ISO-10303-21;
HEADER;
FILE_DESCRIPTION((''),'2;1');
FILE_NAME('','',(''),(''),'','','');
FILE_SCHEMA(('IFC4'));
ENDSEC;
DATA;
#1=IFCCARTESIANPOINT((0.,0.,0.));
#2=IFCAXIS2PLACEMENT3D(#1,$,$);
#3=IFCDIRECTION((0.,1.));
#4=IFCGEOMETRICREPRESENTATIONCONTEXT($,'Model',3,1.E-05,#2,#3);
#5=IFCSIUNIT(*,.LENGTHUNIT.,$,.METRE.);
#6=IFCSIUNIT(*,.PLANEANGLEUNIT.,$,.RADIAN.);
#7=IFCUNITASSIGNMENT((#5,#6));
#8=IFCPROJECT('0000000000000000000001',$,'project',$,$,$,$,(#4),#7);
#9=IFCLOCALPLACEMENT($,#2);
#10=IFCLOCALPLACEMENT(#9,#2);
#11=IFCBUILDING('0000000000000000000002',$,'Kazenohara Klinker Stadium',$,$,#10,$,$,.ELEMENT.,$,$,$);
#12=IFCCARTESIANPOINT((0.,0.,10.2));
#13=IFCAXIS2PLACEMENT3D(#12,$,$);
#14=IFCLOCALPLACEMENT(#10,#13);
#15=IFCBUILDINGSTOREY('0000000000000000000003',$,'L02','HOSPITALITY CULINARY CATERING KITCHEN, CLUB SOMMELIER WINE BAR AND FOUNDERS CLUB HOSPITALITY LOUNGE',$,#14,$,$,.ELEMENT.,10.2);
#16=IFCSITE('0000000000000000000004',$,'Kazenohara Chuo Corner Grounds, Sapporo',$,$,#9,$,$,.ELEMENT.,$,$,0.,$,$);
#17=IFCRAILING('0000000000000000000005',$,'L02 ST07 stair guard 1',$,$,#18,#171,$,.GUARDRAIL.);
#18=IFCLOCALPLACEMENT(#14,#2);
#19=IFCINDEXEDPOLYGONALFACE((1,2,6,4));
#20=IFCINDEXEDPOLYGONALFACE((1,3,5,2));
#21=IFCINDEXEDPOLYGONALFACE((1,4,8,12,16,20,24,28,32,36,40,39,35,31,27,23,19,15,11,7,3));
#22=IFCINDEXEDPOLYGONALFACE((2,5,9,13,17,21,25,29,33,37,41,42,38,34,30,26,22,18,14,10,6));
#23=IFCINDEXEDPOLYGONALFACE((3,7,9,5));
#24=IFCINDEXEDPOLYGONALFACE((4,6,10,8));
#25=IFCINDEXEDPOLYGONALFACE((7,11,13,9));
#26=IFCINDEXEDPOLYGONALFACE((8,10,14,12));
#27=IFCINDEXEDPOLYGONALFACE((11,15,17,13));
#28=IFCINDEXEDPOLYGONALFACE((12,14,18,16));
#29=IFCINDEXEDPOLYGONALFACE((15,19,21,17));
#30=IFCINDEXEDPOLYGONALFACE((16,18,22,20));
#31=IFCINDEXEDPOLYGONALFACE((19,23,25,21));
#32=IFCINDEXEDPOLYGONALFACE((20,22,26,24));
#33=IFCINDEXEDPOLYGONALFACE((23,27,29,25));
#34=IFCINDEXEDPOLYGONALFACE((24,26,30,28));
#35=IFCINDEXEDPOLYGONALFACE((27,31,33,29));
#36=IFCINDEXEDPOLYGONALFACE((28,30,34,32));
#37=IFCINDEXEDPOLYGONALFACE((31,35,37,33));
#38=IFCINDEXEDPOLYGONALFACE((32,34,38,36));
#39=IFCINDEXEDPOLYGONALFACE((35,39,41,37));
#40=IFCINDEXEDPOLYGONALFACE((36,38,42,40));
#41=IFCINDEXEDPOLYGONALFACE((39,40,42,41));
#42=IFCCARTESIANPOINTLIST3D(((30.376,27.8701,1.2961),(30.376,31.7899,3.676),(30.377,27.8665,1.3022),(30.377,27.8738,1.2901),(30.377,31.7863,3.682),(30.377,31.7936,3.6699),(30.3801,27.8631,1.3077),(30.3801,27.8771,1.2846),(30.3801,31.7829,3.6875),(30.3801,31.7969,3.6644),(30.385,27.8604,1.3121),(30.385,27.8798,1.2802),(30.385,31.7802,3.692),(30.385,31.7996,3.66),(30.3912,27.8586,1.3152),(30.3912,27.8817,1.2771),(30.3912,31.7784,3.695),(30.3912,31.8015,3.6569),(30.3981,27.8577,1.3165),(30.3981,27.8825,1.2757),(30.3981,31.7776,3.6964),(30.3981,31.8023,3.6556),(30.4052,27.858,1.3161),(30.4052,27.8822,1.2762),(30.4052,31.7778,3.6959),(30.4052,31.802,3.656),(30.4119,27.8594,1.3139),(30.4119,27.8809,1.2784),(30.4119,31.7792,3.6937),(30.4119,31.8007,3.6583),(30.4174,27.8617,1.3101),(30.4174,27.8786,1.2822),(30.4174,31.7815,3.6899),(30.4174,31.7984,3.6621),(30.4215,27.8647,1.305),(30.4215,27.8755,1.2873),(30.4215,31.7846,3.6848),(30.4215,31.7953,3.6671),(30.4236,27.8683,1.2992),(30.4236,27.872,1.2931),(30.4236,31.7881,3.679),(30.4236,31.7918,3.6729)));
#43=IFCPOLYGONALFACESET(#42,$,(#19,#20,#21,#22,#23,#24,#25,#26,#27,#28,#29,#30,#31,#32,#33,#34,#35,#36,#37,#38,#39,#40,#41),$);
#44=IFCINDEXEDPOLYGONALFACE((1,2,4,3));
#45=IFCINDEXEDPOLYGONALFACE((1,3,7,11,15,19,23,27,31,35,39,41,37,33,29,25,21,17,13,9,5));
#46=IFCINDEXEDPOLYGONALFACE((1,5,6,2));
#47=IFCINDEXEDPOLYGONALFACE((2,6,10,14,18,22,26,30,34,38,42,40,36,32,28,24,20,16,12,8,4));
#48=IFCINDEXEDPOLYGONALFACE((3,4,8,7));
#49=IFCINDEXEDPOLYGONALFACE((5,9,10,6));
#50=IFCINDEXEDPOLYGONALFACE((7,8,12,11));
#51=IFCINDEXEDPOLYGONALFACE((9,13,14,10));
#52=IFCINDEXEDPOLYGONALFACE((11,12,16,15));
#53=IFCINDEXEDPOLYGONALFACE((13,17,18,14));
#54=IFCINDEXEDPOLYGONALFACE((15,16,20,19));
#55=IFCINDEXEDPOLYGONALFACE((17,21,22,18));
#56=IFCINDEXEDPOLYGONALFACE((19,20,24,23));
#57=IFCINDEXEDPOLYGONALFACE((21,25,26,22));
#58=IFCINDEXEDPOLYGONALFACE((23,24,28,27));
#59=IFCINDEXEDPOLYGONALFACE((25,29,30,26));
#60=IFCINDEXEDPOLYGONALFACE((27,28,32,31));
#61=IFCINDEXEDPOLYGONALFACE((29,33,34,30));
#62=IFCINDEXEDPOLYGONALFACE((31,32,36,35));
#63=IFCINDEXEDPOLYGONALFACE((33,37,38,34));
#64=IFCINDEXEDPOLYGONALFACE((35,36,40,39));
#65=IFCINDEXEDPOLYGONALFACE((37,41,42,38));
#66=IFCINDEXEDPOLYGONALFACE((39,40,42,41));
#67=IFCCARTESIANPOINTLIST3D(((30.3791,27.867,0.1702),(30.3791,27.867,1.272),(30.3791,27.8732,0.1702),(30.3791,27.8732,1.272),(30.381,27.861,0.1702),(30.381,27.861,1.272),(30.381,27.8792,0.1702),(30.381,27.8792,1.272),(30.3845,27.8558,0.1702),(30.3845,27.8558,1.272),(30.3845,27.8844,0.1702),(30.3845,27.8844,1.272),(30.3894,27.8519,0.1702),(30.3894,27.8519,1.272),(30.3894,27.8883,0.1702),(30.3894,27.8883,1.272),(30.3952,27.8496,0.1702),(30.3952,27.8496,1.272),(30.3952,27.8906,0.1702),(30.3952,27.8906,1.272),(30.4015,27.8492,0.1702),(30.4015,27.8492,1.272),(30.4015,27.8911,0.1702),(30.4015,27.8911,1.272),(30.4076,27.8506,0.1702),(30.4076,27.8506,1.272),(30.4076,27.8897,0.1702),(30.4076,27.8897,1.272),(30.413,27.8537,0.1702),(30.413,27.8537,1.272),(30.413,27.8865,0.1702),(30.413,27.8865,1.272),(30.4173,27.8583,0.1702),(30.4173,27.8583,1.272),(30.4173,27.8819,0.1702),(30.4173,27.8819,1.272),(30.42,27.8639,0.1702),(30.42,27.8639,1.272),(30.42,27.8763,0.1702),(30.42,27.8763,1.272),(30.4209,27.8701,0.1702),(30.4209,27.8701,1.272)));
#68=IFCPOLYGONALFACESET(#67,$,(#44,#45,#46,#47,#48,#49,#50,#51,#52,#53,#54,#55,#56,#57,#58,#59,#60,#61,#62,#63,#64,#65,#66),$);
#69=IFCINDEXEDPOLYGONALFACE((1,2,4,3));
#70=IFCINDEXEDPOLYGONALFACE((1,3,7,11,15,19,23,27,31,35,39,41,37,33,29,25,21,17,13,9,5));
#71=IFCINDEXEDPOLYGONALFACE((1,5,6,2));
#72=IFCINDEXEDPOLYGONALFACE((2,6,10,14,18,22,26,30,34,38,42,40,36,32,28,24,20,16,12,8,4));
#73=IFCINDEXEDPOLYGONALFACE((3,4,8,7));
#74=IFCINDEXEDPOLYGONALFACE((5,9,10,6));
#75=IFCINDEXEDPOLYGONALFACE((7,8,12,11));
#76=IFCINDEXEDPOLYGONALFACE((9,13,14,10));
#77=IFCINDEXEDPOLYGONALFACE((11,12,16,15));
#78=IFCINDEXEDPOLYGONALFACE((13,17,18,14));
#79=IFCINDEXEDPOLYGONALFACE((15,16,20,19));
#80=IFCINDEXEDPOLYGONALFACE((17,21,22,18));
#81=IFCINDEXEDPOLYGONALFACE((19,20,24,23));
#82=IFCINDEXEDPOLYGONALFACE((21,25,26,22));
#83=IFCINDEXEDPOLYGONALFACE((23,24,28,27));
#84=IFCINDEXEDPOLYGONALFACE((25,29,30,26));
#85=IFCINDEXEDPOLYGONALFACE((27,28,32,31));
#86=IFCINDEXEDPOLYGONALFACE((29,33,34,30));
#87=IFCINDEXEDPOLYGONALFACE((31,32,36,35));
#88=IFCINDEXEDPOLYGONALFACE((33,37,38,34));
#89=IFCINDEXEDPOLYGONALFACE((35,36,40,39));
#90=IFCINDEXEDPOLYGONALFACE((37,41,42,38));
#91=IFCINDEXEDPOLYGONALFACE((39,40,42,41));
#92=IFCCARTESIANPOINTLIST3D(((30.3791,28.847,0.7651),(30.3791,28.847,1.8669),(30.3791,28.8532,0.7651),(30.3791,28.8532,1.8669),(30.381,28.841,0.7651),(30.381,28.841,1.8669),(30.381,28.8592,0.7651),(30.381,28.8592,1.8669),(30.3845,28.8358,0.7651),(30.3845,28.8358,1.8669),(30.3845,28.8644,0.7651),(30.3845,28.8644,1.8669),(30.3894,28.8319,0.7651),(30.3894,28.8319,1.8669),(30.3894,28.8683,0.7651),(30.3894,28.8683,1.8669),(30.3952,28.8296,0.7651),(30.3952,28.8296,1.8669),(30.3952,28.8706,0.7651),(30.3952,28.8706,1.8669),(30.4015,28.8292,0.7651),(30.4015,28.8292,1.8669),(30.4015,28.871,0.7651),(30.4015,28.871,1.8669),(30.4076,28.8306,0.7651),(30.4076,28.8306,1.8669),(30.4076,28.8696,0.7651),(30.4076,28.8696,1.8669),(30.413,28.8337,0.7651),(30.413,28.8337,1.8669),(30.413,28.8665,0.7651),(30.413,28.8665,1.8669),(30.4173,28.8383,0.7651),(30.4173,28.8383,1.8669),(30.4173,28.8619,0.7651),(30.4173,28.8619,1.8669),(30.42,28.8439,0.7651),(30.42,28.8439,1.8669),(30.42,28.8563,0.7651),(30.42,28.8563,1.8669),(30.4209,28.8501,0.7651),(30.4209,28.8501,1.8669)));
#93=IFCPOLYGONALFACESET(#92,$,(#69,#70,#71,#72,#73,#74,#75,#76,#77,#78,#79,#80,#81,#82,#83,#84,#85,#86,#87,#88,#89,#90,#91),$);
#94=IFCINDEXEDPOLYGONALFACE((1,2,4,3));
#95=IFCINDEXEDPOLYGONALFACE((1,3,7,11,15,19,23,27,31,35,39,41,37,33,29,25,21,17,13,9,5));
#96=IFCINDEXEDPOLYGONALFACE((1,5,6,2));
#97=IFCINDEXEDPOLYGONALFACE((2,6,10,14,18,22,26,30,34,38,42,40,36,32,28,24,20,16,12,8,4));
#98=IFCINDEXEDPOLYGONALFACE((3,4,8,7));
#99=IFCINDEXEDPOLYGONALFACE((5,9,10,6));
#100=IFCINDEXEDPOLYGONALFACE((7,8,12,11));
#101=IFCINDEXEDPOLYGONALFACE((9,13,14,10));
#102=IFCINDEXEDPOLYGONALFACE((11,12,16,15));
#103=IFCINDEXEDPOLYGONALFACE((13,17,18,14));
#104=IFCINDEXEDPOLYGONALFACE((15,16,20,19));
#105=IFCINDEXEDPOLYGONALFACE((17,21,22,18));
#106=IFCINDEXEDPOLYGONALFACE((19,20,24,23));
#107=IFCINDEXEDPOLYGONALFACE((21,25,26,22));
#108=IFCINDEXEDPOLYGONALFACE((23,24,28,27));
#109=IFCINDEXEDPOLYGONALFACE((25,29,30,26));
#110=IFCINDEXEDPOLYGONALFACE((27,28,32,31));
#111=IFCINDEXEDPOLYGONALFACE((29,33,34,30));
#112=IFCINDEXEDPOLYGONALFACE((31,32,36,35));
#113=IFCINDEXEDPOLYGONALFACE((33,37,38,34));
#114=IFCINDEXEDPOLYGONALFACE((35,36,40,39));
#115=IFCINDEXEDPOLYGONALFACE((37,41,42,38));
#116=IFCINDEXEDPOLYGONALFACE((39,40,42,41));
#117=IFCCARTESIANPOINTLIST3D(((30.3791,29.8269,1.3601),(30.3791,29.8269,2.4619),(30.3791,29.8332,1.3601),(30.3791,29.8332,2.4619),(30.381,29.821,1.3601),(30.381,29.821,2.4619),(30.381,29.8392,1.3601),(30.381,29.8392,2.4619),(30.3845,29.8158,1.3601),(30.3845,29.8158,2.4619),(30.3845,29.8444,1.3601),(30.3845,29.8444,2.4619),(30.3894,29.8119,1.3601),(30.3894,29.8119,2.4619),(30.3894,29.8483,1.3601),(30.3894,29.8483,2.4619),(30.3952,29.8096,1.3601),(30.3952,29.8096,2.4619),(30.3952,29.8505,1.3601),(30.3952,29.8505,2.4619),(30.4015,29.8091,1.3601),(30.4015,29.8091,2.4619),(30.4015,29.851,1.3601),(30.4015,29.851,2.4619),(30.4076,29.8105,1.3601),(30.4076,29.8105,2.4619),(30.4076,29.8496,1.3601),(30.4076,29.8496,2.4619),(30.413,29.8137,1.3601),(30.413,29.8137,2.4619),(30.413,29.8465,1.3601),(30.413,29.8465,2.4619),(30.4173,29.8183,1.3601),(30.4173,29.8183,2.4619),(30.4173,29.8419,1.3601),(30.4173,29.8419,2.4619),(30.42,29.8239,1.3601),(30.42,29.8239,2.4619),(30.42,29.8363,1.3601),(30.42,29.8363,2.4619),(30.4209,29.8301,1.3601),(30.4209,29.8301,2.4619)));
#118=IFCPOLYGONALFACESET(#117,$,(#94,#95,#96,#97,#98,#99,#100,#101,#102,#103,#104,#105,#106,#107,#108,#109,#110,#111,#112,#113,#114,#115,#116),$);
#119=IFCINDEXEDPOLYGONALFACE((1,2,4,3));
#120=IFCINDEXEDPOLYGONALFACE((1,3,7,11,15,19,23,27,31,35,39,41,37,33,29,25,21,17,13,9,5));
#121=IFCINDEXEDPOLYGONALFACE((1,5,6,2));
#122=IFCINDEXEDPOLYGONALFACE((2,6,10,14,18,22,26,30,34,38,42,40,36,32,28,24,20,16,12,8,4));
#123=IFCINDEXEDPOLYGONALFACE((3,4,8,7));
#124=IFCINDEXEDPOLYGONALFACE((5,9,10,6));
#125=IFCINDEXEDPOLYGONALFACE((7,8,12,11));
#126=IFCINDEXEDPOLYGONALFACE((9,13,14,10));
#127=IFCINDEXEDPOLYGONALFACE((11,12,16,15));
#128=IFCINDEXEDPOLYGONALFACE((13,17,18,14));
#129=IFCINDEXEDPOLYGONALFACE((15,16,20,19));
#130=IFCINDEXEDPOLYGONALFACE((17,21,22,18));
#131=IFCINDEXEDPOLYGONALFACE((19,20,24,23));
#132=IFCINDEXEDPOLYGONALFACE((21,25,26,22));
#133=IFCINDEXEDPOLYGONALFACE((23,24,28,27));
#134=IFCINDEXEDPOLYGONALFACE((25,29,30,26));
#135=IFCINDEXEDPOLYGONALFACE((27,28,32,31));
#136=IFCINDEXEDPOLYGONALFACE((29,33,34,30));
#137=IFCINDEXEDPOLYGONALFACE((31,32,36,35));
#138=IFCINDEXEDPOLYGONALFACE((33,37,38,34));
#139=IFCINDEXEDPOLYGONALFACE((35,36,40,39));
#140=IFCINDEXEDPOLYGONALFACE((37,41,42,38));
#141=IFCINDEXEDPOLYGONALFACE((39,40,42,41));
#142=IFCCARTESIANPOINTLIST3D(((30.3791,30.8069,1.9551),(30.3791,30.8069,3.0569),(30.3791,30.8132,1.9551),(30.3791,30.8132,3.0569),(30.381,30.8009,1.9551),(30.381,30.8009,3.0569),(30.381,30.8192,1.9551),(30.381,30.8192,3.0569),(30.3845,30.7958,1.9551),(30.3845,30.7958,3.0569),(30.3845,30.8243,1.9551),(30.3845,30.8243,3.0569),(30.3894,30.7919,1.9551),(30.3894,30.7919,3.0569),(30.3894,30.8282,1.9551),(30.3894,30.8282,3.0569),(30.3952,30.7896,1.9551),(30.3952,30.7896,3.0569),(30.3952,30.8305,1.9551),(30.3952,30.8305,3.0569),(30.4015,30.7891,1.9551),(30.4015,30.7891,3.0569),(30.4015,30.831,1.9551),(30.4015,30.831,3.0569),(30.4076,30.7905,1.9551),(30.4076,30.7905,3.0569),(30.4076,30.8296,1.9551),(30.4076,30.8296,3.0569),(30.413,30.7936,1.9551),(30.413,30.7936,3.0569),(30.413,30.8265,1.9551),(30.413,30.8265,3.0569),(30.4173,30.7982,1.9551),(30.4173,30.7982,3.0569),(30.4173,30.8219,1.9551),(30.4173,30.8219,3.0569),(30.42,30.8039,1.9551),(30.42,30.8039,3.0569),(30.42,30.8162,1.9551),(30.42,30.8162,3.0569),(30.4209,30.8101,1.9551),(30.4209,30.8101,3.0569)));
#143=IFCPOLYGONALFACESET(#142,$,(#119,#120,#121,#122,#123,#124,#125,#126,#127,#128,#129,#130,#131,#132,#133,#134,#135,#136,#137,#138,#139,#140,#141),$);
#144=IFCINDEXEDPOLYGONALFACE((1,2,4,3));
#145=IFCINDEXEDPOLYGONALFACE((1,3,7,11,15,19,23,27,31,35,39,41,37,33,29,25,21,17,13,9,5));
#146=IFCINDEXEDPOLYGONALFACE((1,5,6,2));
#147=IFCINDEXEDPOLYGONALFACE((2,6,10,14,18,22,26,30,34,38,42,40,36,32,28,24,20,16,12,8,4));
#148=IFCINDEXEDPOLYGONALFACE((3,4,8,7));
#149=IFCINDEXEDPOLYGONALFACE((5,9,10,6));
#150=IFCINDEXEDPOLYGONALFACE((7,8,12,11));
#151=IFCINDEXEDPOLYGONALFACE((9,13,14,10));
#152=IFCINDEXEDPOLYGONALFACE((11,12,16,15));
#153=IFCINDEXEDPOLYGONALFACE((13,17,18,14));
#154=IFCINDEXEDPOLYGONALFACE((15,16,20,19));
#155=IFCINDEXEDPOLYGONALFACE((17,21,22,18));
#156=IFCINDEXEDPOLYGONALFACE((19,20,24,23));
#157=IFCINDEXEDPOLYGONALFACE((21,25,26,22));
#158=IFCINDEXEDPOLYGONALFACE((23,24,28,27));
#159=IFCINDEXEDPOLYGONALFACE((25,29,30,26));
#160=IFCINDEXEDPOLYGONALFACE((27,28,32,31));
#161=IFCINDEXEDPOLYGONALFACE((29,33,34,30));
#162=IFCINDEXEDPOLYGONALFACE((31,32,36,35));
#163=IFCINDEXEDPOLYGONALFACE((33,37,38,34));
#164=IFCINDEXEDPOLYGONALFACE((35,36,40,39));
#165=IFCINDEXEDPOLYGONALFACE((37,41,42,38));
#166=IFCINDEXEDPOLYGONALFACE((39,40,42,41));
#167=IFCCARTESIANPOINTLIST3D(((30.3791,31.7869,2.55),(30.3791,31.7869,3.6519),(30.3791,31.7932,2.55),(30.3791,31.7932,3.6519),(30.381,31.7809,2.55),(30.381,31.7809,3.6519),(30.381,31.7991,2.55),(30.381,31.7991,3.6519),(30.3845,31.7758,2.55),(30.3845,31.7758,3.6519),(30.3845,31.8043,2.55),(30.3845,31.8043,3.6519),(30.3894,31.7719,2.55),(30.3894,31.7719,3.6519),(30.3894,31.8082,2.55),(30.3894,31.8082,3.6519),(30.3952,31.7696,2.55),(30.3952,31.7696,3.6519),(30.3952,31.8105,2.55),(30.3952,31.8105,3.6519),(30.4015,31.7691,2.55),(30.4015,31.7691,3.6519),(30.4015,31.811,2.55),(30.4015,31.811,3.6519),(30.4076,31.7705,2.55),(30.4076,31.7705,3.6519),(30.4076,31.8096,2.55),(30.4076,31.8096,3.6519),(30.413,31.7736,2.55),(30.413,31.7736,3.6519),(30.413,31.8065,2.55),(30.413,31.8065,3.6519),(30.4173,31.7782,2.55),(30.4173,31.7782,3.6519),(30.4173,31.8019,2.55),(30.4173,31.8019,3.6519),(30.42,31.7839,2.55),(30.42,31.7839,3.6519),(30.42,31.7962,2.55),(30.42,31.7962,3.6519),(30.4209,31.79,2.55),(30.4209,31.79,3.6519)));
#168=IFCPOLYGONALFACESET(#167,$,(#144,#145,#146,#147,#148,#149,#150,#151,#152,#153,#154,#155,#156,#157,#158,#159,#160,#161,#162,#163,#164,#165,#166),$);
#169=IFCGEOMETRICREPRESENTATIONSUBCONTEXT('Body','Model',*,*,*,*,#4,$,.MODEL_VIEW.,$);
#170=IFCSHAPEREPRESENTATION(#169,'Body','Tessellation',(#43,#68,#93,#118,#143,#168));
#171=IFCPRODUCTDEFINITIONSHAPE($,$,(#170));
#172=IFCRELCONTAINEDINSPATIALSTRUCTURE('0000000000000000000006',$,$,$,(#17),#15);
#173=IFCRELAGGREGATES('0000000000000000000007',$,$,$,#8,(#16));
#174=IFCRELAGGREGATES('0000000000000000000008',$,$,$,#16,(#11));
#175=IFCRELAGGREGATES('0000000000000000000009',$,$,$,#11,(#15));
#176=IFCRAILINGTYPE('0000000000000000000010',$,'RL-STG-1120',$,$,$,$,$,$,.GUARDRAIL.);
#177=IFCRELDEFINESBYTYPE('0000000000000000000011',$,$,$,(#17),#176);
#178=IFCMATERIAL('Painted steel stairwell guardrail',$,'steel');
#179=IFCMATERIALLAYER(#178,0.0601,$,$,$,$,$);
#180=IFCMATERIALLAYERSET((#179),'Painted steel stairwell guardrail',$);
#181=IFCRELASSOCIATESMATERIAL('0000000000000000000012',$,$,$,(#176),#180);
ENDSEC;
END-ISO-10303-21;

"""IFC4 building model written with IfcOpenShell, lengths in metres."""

from ifc_helpers import new_model, si_unit, direction, frame, origin, origin_2d, place, context, subcontext, project, spatial, circle, extrude, material, layer, layer_set, type_object, element, save


model = new_model("IFC4")

# Units and contexts
model_context = context("Model", 3, precision=1e-05, world=origin(), true_north=direction((0.0, 1.0)))
body_context = subcontext(model_context, "Body", "Model", "MODEL_VIEW")
ifc_project = project(units=[si_unit("LENGTHUNIT", "METRE"), si_unit("PLANEANGLEUNIT", "RADIAN")], contexts=[model_context])

# Site, building, storey
site_placement = place(None, origin())
site = spatial("IfcSite", under=ifc_project, at=site_placement, Name="Kazenohara Chuo Corner Grounds, Sapporo", CompositionType="ELEMENT", RefElevation=0.0)
building_placement = place(site_placement, origin())
building = spatial("IfcBuilding", under=site, at=building_placement, Name="Kazenohara Klinker Stadium", CompositionType="ELEMENT")
storey_placement = place(building_placement, frame((0.0, 0.0, 10.2)))
storey = spatial("IfcBuildingStorey", under=building, at=storey_placement, Name="L02", Description="HOSPITALITY CULINARY CATERING KITCHEN, CLUB SOMMELIER WINE BAR AND FOUNDERS CLUB HOSPITALITY LOUNGE", CompositionType="ELEMENT", Elevation=10.2)

# Railing
ifc_material_1 = material(Name="Painted steel stairwell guardrail", Category="steel")
ifc_layer_1 = layer(ifc_material_1, 0.0601)
ifc_layer_set_1 = layer_set([ifc_layer_1], Name="Painted steel stairwell guardrail")
railing_type_1 = type_object("IfcRailingType", Name="RL-STG-1120", PredefinedType="GUARDRAIL", material=ifc_layer_set_1)
railing_1_placement = place(storey_placement, frame((30.3999, 27.8701, 0.1702)))
element("IfcRailing", 1, at=railing_1_placement, inside=storey, type_object=railing_type_1, Name="L02 ST07 stair guard 1", PredefinedType="GUARDRAIL", context=body_context, shape_type="SweptSolid", body=[
    extrude(circle(Radius=0.0239, at=origin_2d()), frame((0.0, 0.0, 1.126), z_axis=(0.0, 0.854794, 0.518967), x_axis=(-1.0, 0.0, 0.0)), (0.0, 0.0, 1.0), 4.5857),
    extrude(circle(Radius=0.021, at=origin_2d()), origin(), (0.0, 0.0, 1.0), 1.1018),
    extrude(circle(Radius=0.021, at=origin_2d()), frame((0.0, 0.98, 0.595)), (0.0, 0.0, 1.0), 1.1018),
    extrude(circle(Radius=0.021, at=origin_2d()), frame((0.0, 1.96, 1.1899)), (0.0, 0.0, 1.0), 1.1018),
    extrude(circle(Radius=0.021, at=origin_2d()), frame((0.0, 2.9399, 1.7849)), (0.0, 0.0, 1.0), 1.1018),
    extrude(circle(Radius=0.021, at=origin_2d()), frame((0.0, 3.9199, 2.3799)), (0.0, 0.0, 1.0), 1.1018),
])

save(model, "model.ifc")
